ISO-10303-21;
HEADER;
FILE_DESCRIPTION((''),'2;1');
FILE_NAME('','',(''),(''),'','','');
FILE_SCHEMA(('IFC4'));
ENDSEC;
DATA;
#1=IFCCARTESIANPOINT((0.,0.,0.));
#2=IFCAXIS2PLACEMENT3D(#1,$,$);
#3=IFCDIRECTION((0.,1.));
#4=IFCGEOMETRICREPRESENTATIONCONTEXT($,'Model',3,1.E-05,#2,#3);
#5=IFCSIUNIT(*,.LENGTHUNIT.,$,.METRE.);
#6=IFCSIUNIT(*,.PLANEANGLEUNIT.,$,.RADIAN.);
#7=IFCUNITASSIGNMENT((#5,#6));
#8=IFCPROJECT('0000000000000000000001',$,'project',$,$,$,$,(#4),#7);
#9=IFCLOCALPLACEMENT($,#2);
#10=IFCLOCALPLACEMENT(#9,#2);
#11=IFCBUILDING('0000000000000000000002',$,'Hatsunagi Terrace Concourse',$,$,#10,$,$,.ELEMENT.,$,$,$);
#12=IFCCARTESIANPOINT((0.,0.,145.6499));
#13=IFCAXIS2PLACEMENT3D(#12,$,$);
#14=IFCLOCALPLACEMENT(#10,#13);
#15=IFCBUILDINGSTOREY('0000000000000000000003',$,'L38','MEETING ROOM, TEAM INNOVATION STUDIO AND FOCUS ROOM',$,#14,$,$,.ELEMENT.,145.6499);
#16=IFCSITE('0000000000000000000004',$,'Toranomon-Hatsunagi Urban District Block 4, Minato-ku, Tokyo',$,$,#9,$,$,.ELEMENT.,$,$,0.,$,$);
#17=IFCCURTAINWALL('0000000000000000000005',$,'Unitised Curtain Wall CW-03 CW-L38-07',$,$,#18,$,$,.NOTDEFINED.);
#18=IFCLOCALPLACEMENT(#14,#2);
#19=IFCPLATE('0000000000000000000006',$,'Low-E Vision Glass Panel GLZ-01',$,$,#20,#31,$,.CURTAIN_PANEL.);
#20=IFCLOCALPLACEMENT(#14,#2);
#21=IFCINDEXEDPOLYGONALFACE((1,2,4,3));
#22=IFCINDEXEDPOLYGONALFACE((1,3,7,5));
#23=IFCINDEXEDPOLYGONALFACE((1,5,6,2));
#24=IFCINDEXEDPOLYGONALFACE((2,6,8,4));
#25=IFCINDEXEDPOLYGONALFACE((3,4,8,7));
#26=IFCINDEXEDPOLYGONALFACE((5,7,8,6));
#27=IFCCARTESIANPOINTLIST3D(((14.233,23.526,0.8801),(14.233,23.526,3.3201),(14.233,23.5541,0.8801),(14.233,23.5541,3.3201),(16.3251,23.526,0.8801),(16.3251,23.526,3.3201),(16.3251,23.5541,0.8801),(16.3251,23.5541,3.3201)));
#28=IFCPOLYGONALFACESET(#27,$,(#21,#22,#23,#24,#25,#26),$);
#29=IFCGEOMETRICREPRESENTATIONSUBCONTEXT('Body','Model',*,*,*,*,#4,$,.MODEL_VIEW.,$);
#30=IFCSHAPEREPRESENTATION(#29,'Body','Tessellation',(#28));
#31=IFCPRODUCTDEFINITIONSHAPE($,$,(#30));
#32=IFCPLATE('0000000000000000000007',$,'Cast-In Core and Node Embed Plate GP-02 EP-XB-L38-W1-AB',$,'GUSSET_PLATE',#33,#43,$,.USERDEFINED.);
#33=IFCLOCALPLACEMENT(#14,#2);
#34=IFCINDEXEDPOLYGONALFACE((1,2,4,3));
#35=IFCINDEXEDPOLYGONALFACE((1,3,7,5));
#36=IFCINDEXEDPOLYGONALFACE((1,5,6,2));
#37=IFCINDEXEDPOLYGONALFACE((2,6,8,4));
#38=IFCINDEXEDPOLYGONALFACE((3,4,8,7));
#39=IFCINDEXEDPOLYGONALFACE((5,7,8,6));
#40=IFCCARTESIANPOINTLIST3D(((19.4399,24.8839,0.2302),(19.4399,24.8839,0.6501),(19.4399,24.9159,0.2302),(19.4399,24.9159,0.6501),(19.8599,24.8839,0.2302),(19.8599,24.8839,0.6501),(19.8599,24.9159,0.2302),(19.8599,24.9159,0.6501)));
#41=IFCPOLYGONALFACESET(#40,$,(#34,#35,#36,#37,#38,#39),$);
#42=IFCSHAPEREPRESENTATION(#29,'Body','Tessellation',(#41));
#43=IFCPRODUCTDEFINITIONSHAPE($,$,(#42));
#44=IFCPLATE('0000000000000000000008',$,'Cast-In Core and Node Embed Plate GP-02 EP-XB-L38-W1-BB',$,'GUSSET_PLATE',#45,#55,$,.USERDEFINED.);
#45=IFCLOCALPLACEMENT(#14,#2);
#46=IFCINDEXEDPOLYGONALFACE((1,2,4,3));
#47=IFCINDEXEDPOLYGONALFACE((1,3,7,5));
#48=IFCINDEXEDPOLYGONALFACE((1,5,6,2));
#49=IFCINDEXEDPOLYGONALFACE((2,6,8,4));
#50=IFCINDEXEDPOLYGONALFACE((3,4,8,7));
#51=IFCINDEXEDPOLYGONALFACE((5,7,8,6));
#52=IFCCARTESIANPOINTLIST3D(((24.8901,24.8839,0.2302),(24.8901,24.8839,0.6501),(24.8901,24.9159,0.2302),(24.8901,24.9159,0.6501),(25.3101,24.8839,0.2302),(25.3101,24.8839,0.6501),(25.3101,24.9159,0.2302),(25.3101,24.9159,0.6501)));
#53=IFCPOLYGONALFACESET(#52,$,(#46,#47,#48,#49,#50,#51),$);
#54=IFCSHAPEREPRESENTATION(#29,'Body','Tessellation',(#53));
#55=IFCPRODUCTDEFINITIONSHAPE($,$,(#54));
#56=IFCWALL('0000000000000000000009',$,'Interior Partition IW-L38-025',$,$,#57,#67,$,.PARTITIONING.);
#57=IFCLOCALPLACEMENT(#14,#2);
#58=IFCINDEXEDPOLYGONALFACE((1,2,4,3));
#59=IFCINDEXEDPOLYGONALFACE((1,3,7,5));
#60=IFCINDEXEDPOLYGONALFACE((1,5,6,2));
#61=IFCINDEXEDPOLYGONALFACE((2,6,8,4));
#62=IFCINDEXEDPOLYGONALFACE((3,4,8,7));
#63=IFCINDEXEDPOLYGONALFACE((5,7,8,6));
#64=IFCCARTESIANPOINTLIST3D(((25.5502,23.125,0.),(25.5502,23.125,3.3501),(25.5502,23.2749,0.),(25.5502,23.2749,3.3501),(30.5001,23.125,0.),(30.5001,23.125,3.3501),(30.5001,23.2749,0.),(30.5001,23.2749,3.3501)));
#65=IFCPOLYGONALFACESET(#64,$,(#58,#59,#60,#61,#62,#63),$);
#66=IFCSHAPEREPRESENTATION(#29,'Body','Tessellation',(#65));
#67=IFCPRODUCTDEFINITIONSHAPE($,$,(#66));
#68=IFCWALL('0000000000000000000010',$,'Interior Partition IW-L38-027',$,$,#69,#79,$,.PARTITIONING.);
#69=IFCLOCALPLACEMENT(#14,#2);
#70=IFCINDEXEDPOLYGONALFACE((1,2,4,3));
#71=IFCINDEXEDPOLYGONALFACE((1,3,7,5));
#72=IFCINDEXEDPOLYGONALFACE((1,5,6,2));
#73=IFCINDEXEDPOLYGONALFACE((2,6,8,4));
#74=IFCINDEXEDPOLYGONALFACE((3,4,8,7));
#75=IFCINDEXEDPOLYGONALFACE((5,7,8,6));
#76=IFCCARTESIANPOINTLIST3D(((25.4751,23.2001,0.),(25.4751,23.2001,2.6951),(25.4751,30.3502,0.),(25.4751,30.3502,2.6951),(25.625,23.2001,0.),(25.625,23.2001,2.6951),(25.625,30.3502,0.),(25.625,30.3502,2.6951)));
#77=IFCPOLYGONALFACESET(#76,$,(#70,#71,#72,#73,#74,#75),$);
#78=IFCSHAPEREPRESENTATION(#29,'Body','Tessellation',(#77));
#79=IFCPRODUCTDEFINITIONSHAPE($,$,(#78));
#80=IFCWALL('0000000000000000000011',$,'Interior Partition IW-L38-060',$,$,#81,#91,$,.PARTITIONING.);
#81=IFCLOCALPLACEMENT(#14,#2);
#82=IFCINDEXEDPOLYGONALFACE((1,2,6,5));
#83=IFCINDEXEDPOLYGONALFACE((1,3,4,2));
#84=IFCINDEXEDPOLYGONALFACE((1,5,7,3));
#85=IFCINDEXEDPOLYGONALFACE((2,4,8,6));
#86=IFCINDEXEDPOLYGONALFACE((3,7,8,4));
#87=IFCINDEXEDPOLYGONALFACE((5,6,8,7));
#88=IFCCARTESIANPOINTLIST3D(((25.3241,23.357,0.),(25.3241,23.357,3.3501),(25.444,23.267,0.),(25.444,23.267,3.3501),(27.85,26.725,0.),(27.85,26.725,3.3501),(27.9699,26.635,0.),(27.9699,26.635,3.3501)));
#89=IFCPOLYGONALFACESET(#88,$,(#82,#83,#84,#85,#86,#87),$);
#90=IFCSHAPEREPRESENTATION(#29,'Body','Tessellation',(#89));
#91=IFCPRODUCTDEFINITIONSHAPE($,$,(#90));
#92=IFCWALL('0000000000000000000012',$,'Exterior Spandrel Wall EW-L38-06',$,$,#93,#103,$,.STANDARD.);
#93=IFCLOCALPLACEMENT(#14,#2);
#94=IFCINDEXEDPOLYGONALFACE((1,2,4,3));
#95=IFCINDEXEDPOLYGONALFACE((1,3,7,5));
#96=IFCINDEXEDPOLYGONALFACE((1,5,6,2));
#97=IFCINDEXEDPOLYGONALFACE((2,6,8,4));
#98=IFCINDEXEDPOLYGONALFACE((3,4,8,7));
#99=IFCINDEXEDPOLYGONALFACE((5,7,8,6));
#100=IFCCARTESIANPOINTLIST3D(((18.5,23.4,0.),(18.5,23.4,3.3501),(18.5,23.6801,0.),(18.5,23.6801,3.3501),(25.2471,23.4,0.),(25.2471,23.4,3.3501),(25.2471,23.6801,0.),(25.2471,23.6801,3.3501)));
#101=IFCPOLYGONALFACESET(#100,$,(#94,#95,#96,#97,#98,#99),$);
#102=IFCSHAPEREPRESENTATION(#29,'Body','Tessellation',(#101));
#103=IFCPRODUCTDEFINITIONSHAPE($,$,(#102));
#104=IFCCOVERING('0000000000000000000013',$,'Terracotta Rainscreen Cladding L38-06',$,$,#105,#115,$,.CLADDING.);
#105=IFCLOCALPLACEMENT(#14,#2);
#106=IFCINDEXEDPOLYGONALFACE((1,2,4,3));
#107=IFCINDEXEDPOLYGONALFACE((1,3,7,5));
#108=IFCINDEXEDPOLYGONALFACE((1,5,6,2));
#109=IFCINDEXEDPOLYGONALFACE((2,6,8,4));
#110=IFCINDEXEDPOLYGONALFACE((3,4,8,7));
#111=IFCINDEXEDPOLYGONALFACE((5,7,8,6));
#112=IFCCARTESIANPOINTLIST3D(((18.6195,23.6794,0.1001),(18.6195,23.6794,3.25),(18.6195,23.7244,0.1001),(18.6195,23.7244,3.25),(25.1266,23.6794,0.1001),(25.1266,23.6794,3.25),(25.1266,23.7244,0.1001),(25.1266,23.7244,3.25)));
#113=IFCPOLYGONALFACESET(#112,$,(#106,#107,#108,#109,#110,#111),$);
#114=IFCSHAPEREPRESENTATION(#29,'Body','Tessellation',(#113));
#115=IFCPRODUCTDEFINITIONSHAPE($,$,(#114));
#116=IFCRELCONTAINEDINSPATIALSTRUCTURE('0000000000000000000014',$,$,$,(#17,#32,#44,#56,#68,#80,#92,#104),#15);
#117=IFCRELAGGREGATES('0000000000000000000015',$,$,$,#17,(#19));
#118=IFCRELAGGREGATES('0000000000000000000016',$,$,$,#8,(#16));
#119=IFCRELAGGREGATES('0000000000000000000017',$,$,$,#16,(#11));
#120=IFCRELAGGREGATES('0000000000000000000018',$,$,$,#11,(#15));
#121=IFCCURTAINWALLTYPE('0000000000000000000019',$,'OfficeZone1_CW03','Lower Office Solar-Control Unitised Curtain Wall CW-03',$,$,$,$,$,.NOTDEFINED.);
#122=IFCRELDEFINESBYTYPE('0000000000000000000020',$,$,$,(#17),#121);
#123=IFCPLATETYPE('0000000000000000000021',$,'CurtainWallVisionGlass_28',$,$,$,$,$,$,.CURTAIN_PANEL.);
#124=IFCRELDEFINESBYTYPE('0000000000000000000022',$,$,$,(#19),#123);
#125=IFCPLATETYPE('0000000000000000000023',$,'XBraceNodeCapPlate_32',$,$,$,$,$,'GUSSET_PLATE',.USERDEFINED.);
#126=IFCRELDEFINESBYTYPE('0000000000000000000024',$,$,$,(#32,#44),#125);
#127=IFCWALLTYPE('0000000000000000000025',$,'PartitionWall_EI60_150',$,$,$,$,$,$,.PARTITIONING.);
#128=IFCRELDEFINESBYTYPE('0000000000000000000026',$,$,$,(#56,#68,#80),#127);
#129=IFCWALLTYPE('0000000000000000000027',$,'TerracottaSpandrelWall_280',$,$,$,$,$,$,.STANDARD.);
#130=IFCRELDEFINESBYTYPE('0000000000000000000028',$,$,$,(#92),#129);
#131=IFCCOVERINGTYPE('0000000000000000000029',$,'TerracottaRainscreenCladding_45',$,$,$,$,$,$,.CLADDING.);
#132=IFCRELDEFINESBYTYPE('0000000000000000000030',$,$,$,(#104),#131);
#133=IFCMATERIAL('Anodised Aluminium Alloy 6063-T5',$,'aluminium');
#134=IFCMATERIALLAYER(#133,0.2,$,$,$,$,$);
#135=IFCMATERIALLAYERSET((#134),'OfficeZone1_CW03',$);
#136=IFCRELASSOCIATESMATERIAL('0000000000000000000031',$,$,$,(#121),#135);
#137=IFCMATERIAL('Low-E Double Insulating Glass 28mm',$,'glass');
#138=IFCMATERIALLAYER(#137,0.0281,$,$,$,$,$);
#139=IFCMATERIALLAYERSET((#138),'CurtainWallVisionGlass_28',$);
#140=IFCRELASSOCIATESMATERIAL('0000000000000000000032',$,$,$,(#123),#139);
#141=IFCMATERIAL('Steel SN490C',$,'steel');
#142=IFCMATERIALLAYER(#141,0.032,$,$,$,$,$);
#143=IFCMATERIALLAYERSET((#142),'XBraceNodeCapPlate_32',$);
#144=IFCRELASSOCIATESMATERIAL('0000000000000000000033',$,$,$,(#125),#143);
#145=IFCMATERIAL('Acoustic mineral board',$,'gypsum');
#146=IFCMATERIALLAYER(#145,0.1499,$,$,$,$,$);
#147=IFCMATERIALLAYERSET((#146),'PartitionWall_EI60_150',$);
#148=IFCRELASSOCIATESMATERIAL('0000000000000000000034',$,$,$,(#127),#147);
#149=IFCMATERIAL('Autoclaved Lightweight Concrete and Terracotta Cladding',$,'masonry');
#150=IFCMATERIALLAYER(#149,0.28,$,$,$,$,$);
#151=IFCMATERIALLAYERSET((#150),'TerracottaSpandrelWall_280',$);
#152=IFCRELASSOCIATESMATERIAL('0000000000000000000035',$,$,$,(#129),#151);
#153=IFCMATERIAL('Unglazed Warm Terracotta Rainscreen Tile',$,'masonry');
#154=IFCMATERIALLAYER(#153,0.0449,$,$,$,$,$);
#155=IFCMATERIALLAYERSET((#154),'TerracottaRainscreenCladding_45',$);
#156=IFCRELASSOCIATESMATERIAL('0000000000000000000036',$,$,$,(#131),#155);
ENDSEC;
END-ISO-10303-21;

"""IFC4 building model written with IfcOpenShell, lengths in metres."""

from ifc_helpers import new_model, si_unit, direction, frame, frame_2d, origin, origin_2d, place, context, subcontext, project, spatial, rectangle, extrude, material, layer, layer_set, type_object, element, aggregate, save


model = new_model("IFC4")

# Units and contexts
model_context = context("Model", 3, precision=1e-05, world=origin(), true_north=direction((0.0, 1.0)))
body_context = subcontext(model_context, "Body", "Model", "MODEL_VIEW")
ifc_project = project(units=[si_unit("LENGTHUNIT", "METRE"), si_unit("PLANEANGLEUNIT", "RADIAN")], contexts=[model_context])

# Site, building, storey
site_placement = place(None, origin())
site = spatial("IfcSite", under=ifc_project, at=site_placement, Name="Toranomon-Hatsunagi Urban District Block 4, Minato-ku, Tokyo", CompositionType="ELEMENT", RefElevation=0.0)
building_placement = place(site_placement, origin())
building = spatial("IfcBuilding", under=site, at=building_placement, Name="Hatsunagi Terrace Concourse", CompositionType="ELEMENT")
storey_placement = place(building_placement, frame((0.0, 0.0, 145.6499)))
storey = spatial("IfcBuildingStorey", under=building, at=storey_placement, Name="L38", Description="MEETING ROOM, TEAM INNOVATION STUDIO AND FOCUS ROOM", CompositionType="ELEMENT", Elevation=145.6499)

# Curtain wall
ifc_material_1 = material(Name="Anodised Aluminium Alloy 6063-T5", Category="aluminium")
ifc_layer_1 = layer(ifc_material_1, 0.2)
ifc_layer_set_1 = layer_set([ifc_layer_1], Name="OfficeZone1_CW03")
curtain_wall_type = type_object("IfcCurtainWallType", Name="OfficeZone1_CW03", Description="Lower Office Solar-Control Unitised Curtain Wall CW-03", PredefinedType="NOTDEFINED", material=ifc_layer_set_1)
curtain_wall_placement = place(storey_placement, origin())
curtain_wall = element("IfcCurtainWall", 1, at=curtain_wall_placement, inside=storey, type_object=curtain_wall_type, Name="Unitised Curtain Wall CW-03 CW-L38-07", PredefinedType="NOTDEFINED")

# Plate
ifc_material_2 = material(Name="Low-E Double Insulating Glass 28mm", Category="glass")
ifc_layer_2 = layer(ifc_material_2, 0.0281)
ifc_layer_set_2 = layer_set([ifc_layer_2], Name="CurtainWallVisionGlass_28")
plate_type_1 = type_object("IfcPlateType", Name="CurtainWallVisionGlass_28", PredefinedType="CURTAIN_PANEL", material=ifc_layer_set_2)
plate_1_placement = place(storey_placement, frame((15.2791, 23.54, 0.8801), z_axis=(0.0, 0.0, 1.0), x_axis=(-1.0, 0.0, 0.0)))
plate_1 = element("IfcPlate", 2, at=plate_1_placement, type_object=plate_type_1, Name="Low-E Vision Glass Panel GLZ-01", PredefinedType="CURTAIN_PANEL", context=body_context, shape_type="SweptSolid", body=[
    extrude(rectangle(XDim=2.092, YDim=0.0281, at=origin_2d()), origin(), (0.0, 0.0, 1.0), 2.4399),
])
aggregate(curtain_wall, [plate_1])

# Plates
ifc_material_3 = material(Name="Steel SN490C", Category="steel")
ifc_layer_3 = layer(ifc_material_3, 0.032)
ifc_layer_set_3 = layer_set([ifc_layer_3], Name="XBraceNodeCapPlate_32")
plate_type_2 = type_object("IfcPlateType", Name="XBraceNodeCapPlate_32", ElementType="GUSSET_PLATE", PredefinedType="USERDEFINED", material=ifc_layer_set_3)
for number, where, z_axis, x_axis, name in (
    (3, (19.6499, 24.8999, 0.2302), (0.0, 0.0, 1.0), (1.0, 0.0, 0.0), "Cast-In Core and Node Embed Plate GP-02 EP-XB-L38-W1-AB"),
    (4, (25.1001, 24.8999, 0.2302), (0.0, 0.0, 1.0), (1.0, 0.0, 0.0), "Cast-In Core and Node Embed Plate GP-02 EP-XB-L38-W1-BB"),
):
    element("IfcPlate", number, at=place(storey_placement, frame(where, z_axis=z_axis, x_axis=x_axis)), inside=storey, type_object=plate_type_2, Name=name, ObjectType="GUSSET_PLATE", PredefinedType="USERDEFINED", context=body_context, shape_type="SweptSolid", body=[
        extrude(rectangle(XDim=0.4199, YDim=0.032, at=origin_2d()), origin(), (0.0, 0.0, 1.0), 0.4199),
    ])

# Walls
ifc_material_4 = material(Name="Acoustic mineral board", Category="gypsum")
ifc_layer_4 = layer(ifc_material_4, 0.1499)
ifc_layer_set_4 = layer_set([ifc_layer_4], Name="PartitionWall_EI60_150")
wall_type_1 = type_object("IfcWallType", Name="PartitionWall_EI60_150", PredefinedType="PARTITIONING", material=ifc_layer_set_4)
wall_1_placement = place(storey_placement, frame((25.55, 23.2, 0.0), z_axis=(0.0, 0.0, 1.0), x_axis=(1.0, 0.0, 0.0)))
element("IfcWall", 5, at=wall_1_placement, inside=storey, type_object=wall_type_1, Name="Interior Partition IW-L38-025", PredefinedType="PARTITIONING", context=body_context, shape_type="SweptSolid", body=[
    extrude(rectangle(XDim=4.95, YDim=0.1499, at=frame_2d((2.4751, 0.0))), origin(), (0.0, 0.0, 1.0), 3.3501),
])
wall_2_placement = place(storey_placement, frame((25.55, 23.2, 0.0), z_axis=(0.0, 0.0, 1.0), x_axis=(0.0, 1.0, 0.0)))
element("IfcWall", 6, at=wall_2_placement, inside=storey, type_object=wall_type_1, Name="Interior Partition IW-L38-027", PredefinedType="PARTITIONING", context=body_context, shape_type="SweptSolid", body=[
    extrude(rectangle(XDim=7.1501, YDim=0.1499, at=frame_2d((3.5752, 0.0))), origin(), (0.0, 0.0, 1.0), 2.6951),
])

# Walls
wall_3_placement = place(storey_placement, frame((25.384, 23.312, 0.0), z_axis=(0.0, 0.0, 1.0), x_axis=(0.599991, 0.800007, 0.0)))
element("IfcWall", 7, at=wall_3_placement, inside=storey, type_object=wall_type_1, Name="Interior Partition IW-L38-060", PredefinedType="PARTITIONING", context=body_context, shape_type="SweptSolid", body=[
    extrude(rectangle(XDim=4.21, YDim=0.1499, at=frame_2d((2.105, 0.0))), origin(), (0.0, 0.0, 1.0), 3.3501),
])
ifc_material_5 = material(Name="Autoclaved Lightweight Concrete and Terracotta Cladding", Category="masonry")
ifc_layer_5 = layer(ifc_material_5, 0.28)
ifc_layer_set_5 = layer_set([ifc_layer_5], Name="TerracottaSpandrelWall_280")
wall_type_2 = type_object("IfcWallType", Name="TerracottaSpandrelWall_280", PredefinedType="STANDARD", material=ifc_layer_set_5)
wall_4_placement = place(storey_placement, frame((25.2471, 23.54, 0.0), z_axis=(0.0, 0.0, 1.0), x_axis=(-1.0, 0.0, 0.0)))
element("IfcWall", 8, at=wall_4_placement, inside=storey, type_object=wall_type_2, Name="Exterior Spandrel Wall EW-L38-06", PredefinedType="STANDARD", context=body_context, shape_type="SweptSolid", body=[
    extrude(rectangle(XDim=6.7471, YDim=0.28, at=frame_2d((3.3735, 0.0))), origin(), (0.0, 0.0, 1.0), 3.3501),
])

# Covering
ifc_material_6 = material(Name="Unglazed Warm Terracotta Rainscreen Tile", Category="masonry")
ifc_layer_6 = layer(ifc_material_6, 0.0449)
ifc_layer_set_6 = layer_set([ifc_layer_6], Name="TerracottaRainscreenCladding_45")
covering_type = type_object("IfcCoveringType", Name="TerracottaRainscreenCladding_45", PredefinedType="CLADDING", material=ifc_layer_set_6)
covering_placement = place(storey_placement, frame((21.873, 23.7019, 0.1001), z_axis=(0.0, 0.0, 1.0), x_axis=(-1.0, 0.0, 0.0)))
element("IfcCovering", 9, at=covering_placement, inside=storey, type_object=covering_type, Name="Terracotta Rainscreen Cladding L38-06", PredefinedType="CLADDING", context=body_context, shape_type="SweptSolid", body=[
    extrude(rectangle(XDim=6.5071, YDim=0.0449, at=origin_2d()), origin(), (0.0, 0.0, 1.0), 3.1499),
])

save(model, "model.ifc")
